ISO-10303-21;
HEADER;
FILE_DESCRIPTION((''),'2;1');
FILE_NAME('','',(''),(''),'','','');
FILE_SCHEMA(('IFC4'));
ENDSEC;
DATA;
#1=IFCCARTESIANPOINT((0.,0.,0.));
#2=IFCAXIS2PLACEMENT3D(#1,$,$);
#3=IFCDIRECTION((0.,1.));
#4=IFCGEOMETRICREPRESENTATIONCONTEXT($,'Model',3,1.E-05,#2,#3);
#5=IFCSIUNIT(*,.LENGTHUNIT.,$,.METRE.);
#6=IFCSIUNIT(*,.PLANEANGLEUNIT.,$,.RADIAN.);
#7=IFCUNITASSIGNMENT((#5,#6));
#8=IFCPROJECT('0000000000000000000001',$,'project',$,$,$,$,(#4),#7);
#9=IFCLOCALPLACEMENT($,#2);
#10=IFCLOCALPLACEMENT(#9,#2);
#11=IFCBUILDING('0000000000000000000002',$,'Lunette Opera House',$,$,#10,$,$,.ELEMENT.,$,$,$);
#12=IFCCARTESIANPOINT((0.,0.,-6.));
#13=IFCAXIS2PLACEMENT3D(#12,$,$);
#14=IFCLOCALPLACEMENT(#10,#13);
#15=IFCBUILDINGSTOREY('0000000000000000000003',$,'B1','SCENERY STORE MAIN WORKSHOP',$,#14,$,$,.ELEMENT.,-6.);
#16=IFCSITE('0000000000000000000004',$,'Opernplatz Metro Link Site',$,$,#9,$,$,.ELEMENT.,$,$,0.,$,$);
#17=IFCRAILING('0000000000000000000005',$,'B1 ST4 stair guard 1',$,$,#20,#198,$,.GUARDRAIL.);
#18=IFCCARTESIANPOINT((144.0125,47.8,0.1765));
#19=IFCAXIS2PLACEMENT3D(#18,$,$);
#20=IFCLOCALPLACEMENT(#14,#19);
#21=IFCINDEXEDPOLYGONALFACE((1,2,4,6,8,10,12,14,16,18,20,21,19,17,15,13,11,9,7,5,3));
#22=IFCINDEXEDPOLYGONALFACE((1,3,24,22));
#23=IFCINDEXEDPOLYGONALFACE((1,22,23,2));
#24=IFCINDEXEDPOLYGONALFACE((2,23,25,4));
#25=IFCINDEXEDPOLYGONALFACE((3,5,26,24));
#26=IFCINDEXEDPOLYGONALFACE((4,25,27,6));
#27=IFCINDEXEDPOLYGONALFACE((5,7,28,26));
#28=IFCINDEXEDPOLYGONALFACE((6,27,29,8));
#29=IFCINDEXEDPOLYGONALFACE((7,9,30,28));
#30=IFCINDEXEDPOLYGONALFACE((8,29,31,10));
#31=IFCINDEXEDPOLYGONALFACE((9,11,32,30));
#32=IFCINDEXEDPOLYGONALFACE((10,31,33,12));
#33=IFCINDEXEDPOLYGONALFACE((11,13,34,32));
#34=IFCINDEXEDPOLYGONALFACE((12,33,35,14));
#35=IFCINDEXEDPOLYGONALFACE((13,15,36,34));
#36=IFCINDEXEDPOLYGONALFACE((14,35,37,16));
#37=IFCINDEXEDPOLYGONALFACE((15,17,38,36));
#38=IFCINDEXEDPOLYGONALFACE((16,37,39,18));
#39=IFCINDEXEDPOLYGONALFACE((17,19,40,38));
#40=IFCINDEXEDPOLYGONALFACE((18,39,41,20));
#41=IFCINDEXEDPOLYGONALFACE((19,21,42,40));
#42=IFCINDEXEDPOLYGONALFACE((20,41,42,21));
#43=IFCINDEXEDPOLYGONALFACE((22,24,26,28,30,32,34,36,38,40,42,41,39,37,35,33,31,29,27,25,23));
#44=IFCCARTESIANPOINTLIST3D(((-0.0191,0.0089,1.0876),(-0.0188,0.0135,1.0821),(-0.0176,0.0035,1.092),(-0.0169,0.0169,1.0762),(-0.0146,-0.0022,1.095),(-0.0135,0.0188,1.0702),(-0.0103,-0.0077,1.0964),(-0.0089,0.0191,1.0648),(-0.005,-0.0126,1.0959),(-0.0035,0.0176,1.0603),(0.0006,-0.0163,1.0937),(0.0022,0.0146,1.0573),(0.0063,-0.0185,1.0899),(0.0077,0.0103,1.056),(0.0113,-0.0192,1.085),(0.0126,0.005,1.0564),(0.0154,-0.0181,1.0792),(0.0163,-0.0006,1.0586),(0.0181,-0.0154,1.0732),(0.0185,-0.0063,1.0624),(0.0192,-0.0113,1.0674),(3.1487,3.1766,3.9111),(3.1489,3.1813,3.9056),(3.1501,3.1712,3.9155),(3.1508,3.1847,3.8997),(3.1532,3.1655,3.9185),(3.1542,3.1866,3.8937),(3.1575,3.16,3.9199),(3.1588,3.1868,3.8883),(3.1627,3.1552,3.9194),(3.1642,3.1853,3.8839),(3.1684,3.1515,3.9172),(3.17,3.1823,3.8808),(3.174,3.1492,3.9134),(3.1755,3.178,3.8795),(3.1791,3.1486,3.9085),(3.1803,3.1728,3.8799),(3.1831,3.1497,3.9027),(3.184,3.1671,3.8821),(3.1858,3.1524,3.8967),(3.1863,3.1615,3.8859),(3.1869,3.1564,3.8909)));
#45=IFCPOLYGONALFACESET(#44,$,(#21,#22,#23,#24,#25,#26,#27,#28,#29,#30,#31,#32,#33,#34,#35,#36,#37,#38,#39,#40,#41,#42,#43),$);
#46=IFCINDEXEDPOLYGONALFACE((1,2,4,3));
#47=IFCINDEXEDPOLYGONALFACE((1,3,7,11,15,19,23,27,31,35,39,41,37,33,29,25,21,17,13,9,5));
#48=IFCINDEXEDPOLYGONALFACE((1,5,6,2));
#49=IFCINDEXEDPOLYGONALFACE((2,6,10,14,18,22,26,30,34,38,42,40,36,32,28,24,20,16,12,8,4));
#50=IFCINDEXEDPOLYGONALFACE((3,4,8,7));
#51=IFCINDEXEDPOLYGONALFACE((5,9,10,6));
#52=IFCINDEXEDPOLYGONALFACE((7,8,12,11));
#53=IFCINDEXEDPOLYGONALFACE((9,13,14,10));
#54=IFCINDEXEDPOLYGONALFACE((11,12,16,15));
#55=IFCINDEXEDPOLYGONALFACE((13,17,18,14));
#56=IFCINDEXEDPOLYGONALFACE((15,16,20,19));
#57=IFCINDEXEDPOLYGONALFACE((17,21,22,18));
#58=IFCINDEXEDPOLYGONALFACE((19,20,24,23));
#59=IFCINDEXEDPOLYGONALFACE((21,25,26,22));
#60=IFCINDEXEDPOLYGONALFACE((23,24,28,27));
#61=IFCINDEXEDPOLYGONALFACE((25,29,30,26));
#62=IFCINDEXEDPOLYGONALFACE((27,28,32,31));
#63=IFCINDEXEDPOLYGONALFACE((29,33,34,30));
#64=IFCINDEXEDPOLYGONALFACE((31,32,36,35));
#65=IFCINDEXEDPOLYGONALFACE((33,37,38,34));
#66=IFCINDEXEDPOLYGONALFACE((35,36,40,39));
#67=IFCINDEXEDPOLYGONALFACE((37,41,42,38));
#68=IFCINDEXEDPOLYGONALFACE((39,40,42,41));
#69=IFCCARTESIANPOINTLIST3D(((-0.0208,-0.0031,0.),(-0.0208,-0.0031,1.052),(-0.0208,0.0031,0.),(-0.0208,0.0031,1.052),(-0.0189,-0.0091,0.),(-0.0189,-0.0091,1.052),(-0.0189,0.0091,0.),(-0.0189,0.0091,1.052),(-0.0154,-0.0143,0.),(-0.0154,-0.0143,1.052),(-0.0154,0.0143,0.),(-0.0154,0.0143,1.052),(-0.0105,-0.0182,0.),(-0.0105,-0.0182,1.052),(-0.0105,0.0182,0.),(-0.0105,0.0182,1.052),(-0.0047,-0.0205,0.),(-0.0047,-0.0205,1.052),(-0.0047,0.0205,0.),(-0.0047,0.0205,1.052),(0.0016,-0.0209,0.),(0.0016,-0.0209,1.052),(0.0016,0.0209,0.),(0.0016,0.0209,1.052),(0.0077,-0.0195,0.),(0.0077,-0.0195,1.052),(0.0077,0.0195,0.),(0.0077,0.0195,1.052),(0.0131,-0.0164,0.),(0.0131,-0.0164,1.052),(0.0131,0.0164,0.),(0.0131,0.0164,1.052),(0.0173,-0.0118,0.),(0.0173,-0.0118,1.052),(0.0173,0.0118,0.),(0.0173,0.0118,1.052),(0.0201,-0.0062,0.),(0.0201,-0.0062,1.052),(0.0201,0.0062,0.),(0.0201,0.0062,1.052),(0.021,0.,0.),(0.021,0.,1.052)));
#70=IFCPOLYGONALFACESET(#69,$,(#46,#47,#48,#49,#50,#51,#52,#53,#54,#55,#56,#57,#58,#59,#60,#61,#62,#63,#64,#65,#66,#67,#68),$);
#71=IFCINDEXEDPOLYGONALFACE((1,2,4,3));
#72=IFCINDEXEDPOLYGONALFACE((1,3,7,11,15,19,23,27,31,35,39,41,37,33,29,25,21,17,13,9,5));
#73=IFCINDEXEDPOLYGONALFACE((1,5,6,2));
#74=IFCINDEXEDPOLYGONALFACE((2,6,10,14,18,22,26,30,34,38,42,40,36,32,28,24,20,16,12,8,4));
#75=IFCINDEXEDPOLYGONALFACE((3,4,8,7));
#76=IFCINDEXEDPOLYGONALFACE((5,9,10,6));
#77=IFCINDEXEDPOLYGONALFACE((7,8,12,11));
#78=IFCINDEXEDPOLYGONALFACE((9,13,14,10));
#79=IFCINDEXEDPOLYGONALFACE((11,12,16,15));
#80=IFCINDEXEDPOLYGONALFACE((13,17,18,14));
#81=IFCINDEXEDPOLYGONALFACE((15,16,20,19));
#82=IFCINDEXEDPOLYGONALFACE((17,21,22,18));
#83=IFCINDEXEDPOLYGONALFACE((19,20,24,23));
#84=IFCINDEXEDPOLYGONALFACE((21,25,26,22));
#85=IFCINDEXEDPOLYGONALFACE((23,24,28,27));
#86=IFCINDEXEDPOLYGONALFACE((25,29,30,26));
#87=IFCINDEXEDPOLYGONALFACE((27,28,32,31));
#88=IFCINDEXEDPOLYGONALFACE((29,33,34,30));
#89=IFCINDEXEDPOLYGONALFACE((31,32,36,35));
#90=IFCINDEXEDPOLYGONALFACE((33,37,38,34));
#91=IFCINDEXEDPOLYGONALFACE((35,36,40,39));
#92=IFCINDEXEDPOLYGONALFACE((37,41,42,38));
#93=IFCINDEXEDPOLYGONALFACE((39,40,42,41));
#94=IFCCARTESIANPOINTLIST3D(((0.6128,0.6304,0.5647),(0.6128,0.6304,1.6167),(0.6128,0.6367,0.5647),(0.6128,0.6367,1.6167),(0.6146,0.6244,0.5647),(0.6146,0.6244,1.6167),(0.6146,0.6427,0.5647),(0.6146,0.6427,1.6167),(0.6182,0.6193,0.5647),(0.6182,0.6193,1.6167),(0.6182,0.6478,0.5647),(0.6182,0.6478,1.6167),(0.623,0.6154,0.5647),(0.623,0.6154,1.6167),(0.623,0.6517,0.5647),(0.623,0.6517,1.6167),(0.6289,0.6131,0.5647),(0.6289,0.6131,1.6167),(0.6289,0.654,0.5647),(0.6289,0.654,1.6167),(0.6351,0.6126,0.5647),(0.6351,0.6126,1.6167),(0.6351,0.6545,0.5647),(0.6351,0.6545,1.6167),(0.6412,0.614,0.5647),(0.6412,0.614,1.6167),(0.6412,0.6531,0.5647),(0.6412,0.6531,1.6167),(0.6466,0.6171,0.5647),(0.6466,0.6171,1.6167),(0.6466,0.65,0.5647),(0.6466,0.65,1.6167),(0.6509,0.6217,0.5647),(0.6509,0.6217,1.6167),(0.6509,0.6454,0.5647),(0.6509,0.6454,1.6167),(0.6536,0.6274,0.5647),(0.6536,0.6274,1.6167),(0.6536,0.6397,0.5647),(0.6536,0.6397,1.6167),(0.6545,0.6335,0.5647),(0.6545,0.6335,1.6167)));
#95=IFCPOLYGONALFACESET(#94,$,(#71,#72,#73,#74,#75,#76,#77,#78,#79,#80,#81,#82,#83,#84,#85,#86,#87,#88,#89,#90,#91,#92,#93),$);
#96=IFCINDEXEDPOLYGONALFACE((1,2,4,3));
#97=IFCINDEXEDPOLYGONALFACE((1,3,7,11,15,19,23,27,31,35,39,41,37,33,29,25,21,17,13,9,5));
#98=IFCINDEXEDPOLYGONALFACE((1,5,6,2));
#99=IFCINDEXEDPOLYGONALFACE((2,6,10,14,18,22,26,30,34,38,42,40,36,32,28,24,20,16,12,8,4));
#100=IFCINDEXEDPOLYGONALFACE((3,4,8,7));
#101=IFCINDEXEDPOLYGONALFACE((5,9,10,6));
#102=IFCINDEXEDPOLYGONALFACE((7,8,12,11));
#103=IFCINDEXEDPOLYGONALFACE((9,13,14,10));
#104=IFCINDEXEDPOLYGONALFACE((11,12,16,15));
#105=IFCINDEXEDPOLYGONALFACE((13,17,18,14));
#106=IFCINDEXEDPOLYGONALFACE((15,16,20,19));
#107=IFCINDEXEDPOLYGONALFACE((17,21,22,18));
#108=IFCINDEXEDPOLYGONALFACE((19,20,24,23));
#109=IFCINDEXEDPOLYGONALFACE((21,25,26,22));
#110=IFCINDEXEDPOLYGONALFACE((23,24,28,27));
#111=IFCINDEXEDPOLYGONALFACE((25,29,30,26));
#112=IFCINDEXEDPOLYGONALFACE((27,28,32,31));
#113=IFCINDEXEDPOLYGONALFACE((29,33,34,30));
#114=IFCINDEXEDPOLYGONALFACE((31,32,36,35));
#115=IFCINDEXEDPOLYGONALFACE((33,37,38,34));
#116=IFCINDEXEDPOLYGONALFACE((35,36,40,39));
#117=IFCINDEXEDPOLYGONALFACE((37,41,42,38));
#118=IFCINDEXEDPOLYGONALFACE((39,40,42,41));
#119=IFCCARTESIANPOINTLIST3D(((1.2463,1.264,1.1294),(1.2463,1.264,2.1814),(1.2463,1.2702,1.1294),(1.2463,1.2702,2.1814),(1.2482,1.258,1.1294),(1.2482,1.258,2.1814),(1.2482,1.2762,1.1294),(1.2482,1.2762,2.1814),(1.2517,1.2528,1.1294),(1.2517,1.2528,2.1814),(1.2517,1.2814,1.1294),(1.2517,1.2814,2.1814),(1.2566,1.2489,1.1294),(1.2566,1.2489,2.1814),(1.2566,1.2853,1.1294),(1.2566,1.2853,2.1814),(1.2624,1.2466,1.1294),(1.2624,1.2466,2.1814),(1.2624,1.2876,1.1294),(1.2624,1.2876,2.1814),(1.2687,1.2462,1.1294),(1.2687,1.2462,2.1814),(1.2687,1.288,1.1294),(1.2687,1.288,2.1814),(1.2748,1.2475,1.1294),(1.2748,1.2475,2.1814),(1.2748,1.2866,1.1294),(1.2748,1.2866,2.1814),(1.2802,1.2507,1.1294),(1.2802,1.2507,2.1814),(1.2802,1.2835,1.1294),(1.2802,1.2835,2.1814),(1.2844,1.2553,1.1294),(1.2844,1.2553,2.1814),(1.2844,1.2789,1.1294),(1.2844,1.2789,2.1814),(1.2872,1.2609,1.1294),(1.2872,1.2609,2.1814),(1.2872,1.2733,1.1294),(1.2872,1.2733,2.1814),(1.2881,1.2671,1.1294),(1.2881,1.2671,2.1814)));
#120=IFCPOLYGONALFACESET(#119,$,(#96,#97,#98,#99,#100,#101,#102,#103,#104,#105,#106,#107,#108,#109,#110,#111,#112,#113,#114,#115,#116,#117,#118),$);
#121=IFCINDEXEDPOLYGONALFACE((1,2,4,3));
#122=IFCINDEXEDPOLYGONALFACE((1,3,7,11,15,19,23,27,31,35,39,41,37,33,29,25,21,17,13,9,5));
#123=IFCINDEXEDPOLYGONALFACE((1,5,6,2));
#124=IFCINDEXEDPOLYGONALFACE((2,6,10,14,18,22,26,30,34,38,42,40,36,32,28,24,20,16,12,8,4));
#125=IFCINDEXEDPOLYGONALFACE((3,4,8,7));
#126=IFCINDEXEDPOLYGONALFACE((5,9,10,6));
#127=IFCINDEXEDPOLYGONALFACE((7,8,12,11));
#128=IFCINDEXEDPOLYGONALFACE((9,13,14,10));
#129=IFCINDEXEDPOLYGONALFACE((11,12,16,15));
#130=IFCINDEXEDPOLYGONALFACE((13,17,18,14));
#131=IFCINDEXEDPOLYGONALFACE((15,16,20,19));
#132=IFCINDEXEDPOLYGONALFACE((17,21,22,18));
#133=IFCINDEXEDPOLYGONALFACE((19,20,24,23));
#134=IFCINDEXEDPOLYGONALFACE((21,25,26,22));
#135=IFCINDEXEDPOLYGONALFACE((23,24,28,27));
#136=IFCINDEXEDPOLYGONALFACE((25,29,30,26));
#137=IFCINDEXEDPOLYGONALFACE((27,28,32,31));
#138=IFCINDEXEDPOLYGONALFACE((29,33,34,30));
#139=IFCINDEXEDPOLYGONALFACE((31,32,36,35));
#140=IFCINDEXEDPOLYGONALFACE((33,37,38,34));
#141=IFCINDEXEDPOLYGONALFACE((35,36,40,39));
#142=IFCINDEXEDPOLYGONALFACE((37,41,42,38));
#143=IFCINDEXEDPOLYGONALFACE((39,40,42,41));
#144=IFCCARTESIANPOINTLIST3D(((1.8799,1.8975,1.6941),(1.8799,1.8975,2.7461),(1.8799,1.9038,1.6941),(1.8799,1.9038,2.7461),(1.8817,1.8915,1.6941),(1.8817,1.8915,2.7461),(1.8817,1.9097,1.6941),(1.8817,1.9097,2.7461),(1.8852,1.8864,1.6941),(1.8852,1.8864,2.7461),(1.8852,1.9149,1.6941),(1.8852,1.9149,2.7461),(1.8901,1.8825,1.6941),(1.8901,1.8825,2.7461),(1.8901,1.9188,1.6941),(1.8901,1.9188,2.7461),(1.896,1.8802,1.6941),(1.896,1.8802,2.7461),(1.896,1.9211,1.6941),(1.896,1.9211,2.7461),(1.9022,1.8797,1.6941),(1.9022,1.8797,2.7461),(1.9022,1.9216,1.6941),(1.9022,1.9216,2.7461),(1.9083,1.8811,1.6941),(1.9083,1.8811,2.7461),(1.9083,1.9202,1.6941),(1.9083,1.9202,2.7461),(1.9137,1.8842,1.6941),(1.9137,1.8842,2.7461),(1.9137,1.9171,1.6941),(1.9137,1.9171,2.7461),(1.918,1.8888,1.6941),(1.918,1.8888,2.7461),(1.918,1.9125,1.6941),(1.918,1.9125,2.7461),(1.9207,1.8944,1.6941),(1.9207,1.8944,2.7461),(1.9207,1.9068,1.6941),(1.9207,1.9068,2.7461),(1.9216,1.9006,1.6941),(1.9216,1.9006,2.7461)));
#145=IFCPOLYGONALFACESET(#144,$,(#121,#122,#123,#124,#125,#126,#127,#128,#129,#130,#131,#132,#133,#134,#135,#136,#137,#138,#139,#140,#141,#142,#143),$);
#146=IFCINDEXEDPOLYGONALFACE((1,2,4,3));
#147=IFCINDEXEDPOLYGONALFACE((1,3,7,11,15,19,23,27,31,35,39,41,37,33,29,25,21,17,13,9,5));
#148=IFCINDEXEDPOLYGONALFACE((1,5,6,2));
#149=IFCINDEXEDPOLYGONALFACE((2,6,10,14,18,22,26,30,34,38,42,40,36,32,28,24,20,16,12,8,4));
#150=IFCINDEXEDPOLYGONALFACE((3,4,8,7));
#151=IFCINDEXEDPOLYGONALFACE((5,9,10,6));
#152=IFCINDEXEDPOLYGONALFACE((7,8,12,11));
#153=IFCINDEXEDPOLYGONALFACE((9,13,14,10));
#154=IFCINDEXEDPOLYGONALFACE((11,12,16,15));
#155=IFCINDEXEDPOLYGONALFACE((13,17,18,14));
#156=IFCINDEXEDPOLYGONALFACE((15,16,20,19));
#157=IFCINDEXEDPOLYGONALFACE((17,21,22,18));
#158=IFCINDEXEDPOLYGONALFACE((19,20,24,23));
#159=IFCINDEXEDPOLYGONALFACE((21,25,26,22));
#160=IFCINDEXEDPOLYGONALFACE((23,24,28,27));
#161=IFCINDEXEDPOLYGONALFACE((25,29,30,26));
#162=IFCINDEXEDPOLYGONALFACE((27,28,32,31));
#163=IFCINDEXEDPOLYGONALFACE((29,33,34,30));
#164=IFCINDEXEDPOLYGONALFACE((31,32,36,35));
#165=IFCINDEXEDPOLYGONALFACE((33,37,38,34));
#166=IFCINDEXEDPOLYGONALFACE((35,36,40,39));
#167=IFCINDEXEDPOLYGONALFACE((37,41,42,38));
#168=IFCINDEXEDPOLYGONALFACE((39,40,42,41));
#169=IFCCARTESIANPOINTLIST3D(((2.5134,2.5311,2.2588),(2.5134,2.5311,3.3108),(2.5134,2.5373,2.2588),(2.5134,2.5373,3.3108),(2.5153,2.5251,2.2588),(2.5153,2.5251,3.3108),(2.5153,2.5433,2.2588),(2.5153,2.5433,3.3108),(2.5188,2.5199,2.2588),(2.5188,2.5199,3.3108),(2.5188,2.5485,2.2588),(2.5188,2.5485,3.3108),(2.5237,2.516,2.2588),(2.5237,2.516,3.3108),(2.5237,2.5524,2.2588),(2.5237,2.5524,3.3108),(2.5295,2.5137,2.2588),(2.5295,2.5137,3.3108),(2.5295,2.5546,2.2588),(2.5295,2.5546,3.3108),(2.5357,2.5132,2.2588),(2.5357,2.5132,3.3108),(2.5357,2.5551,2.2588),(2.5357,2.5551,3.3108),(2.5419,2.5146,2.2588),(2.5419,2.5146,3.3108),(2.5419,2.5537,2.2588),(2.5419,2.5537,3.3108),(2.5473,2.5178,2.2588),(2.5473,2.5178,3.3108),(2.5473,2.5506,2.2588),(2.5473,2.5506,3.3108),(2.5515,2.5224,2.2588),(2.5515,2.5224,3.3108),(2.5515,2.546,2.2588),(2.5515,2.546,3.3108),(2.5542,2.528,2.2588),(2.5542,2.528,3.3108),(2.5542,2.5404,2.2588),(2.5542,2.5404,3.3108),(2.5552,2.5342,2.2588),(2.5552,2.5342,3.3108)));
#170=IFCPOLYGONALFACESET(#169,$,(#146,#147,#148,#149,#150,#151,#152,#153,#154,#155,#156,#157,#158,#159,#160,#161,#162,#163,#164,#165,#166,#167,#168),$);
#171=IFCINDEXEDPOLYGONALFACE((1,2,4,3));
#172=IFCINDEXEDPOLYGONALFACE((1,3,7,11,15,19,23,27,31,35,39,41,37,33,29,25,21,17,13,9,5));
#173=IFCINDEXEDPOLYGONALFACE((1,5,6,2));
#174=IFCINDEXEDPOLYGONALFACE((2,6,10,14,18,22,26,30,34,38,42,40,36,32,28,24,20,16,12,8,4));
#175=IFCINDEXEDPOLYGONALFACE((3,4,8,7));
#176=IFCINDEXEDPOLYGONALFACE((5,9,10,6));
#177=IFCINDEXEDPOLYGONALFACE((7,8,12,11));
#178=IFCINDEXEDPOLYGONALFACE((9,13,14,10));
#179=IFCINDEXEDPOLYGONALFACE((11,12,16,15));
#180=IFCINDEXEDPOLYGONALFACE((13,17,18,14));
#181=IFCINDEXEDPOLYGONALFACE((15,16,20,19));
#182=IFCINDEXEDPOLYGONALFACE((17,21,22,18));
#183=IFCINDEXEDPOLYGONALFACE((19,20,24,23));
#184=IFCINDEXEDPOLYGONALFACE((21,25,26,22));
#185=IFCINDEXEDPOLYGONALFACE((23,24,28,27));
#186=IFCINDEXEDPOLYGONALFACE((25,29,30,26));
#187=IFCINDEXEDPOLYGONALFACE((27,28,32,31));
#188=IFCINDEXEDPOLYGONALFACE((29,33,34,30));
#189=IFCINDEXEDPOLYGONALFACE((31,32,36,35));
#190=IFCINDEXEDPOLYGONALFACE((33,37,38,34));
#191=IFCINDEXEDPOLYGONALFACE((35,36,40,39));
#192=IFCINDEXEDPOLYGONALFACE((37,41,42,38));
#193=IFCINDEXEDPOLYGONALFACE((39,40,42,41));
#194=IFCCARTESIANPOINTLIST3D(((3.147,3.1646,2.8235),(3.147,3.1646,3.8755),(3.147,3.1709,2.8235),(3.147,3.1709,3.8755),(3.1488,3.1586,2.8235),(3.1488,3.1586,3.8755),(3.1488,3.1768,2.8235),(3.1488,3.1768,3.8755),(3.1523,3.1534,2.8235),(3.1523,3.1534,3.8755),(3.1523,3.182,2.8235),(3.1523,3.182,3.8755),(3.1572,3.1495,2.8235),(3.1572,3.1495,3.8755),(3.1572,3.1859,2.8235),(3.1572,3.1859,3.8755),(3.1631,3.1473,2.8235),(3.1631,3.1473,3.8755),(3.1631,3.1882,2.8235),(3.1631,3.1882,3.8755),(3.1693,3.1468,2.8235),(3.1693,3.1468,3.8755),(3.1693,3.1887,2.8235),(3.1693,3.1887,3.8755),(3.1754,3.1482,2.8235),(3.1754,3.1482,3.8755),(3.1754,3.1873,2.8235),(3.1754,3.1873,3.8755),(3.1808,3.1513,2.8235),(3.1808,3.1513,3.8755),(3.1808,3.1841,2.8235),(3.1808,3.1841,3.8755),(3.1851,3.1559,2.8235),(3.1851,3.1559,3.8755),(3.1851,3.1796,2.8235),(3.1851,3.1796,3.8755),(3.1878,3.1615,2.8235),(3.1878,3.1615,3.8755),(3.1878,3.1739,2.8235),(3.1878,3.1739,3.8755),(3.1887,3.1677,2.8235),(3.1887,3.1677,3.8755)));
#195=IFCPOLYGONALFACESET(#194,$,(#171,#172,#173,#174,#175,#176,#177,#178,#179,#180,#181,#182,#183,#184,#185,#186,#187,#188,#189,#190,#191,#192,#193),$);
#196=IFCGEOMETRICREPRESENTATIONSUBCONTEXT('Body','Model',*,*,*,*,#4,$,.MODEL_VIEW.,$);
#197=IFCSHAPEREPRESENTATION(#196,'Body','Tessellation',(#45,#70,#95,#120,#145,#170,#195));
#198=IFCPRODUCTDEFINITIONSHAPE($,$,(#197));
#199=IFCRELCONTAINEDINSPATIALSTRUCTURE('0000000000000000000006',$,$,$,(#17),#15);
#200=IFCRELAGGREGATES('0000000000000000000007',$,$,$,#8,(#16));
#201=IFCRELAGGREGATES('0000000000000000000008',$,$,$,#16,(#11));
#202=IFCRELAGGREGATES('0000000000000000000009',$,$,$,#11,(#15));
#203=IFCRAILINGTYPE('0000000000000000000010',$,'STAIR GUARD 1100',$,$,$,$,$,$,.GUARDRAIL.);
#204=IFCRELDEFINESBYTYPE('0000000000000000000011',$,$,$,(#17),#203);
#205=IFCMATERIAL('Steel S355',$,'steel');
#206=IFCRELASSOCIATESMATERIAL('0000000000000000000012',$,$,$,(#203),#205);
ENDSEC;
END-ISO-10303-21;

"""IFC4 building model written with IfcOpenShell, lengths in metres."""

from ifc_helpers import new_model, si_unit, direction, frame, origin, origin_2d, place, context, subcontext, project, spatial, circle, extrude, material, type_object, element, save


model = new_model("IFC4")

# Units and contexts
model_context = context("Model", 3, precision=1e-05, world=origin(), true_north=direction((0.0, 1.0)))
body_context = subcontext(model_context, "Body", "Model", "MODEL_VIEW")
ifc_project = project(units=[si_unit("LENGTHUNIT", "METRE"), si_unit("PLANEANGLEUNIT", "RADIAN")], contexts=[model_context])

# Site, building, storey
site_placement = place(None, origin())
site = spatial("IfcSite", under=ifc_project, at=site_placement, Name="Opernplatz Metro Link Site", CompositionType="ELEMENT", RefElevation=0.0)
building_placement = place(site_placement, origin())
building = spatial("IfcBuilding", under=site, at=building_placement, Name="Lunette Opera House", CompositionType="ELEMENT")
storey_placement = place(building_placement, frame((0.0, 0.0, -6.0)))
storey = spatial("IfcBuildingStorey", under=building, at=storey_placement, Name="B1", Description="SCENERY STORE MAIN WORKSHOP", CompositionType="ELEMENT", Elevation=-6.0)

# Railing
ifc_material_1 = material(Name="Steel S355", Category="steel")
railing_type_1 = type_object("IfcRailingType", Name="STAIR GUARD 1100", PredefinedType="GUARDRAIL", material=ifc_material_1)
railing_1_placement = place(storey_placement, frame((144.0125, 47.8, 0.1765)))
element("IfcRailing", 1, at=railing_1_placement, inside=storey, type_object=railing_type_1, Name="B1 ST4 stair guard 1", PredefinedType="GUARDRAIL", context=body_context, shape_type="SweptSolid", body=[
    extrude(circle(Radius=0.0239, at=origin_2d()), frame((0.0, 0.0, 1.0762), z_axis=(0.598206, 0.598206, 0.533198), x_axis=(-0.707107, 0.707107, 0.0)), (0.0, 0.0, 1.0), 5.2954),
    extrude(circle(Radius=0.021, at=origin_2d()), origin(), (0.0, 0.0, 1.0), 1.052),
    extrude(circle(Radius=0.021, at=origin_2d()), frame((0.6335, 0.6335, 0.5647)), (0.0, 0.0, 1.0), 1.052),
    extrude(circle(Radius=0.021, at=origin_2d()), frame((1.2671, 1.2671, 1.1294)), (0.0, 0.0, 1.0), 1.052),
    extrude(circle(Radius=0.021, at=origin_2d()), frame((1.9006, 1.9006, 1.6941)), (0.0, 0.0, 1.0), 1.052),
    extrude(circle(Radius=0.021, at=origin_2d()), frame((2.5342, 2.5342, 2.2588)), (0.0, 0.0, 1.0), 1.052),
    extrude(circle(Radius=0.021, at=origin_2d()), frame((3.1677, 3.1677, 2.8235)), (0.0, 0.0, 1.0), 1.052),
])

save(model, "model.ifc")
